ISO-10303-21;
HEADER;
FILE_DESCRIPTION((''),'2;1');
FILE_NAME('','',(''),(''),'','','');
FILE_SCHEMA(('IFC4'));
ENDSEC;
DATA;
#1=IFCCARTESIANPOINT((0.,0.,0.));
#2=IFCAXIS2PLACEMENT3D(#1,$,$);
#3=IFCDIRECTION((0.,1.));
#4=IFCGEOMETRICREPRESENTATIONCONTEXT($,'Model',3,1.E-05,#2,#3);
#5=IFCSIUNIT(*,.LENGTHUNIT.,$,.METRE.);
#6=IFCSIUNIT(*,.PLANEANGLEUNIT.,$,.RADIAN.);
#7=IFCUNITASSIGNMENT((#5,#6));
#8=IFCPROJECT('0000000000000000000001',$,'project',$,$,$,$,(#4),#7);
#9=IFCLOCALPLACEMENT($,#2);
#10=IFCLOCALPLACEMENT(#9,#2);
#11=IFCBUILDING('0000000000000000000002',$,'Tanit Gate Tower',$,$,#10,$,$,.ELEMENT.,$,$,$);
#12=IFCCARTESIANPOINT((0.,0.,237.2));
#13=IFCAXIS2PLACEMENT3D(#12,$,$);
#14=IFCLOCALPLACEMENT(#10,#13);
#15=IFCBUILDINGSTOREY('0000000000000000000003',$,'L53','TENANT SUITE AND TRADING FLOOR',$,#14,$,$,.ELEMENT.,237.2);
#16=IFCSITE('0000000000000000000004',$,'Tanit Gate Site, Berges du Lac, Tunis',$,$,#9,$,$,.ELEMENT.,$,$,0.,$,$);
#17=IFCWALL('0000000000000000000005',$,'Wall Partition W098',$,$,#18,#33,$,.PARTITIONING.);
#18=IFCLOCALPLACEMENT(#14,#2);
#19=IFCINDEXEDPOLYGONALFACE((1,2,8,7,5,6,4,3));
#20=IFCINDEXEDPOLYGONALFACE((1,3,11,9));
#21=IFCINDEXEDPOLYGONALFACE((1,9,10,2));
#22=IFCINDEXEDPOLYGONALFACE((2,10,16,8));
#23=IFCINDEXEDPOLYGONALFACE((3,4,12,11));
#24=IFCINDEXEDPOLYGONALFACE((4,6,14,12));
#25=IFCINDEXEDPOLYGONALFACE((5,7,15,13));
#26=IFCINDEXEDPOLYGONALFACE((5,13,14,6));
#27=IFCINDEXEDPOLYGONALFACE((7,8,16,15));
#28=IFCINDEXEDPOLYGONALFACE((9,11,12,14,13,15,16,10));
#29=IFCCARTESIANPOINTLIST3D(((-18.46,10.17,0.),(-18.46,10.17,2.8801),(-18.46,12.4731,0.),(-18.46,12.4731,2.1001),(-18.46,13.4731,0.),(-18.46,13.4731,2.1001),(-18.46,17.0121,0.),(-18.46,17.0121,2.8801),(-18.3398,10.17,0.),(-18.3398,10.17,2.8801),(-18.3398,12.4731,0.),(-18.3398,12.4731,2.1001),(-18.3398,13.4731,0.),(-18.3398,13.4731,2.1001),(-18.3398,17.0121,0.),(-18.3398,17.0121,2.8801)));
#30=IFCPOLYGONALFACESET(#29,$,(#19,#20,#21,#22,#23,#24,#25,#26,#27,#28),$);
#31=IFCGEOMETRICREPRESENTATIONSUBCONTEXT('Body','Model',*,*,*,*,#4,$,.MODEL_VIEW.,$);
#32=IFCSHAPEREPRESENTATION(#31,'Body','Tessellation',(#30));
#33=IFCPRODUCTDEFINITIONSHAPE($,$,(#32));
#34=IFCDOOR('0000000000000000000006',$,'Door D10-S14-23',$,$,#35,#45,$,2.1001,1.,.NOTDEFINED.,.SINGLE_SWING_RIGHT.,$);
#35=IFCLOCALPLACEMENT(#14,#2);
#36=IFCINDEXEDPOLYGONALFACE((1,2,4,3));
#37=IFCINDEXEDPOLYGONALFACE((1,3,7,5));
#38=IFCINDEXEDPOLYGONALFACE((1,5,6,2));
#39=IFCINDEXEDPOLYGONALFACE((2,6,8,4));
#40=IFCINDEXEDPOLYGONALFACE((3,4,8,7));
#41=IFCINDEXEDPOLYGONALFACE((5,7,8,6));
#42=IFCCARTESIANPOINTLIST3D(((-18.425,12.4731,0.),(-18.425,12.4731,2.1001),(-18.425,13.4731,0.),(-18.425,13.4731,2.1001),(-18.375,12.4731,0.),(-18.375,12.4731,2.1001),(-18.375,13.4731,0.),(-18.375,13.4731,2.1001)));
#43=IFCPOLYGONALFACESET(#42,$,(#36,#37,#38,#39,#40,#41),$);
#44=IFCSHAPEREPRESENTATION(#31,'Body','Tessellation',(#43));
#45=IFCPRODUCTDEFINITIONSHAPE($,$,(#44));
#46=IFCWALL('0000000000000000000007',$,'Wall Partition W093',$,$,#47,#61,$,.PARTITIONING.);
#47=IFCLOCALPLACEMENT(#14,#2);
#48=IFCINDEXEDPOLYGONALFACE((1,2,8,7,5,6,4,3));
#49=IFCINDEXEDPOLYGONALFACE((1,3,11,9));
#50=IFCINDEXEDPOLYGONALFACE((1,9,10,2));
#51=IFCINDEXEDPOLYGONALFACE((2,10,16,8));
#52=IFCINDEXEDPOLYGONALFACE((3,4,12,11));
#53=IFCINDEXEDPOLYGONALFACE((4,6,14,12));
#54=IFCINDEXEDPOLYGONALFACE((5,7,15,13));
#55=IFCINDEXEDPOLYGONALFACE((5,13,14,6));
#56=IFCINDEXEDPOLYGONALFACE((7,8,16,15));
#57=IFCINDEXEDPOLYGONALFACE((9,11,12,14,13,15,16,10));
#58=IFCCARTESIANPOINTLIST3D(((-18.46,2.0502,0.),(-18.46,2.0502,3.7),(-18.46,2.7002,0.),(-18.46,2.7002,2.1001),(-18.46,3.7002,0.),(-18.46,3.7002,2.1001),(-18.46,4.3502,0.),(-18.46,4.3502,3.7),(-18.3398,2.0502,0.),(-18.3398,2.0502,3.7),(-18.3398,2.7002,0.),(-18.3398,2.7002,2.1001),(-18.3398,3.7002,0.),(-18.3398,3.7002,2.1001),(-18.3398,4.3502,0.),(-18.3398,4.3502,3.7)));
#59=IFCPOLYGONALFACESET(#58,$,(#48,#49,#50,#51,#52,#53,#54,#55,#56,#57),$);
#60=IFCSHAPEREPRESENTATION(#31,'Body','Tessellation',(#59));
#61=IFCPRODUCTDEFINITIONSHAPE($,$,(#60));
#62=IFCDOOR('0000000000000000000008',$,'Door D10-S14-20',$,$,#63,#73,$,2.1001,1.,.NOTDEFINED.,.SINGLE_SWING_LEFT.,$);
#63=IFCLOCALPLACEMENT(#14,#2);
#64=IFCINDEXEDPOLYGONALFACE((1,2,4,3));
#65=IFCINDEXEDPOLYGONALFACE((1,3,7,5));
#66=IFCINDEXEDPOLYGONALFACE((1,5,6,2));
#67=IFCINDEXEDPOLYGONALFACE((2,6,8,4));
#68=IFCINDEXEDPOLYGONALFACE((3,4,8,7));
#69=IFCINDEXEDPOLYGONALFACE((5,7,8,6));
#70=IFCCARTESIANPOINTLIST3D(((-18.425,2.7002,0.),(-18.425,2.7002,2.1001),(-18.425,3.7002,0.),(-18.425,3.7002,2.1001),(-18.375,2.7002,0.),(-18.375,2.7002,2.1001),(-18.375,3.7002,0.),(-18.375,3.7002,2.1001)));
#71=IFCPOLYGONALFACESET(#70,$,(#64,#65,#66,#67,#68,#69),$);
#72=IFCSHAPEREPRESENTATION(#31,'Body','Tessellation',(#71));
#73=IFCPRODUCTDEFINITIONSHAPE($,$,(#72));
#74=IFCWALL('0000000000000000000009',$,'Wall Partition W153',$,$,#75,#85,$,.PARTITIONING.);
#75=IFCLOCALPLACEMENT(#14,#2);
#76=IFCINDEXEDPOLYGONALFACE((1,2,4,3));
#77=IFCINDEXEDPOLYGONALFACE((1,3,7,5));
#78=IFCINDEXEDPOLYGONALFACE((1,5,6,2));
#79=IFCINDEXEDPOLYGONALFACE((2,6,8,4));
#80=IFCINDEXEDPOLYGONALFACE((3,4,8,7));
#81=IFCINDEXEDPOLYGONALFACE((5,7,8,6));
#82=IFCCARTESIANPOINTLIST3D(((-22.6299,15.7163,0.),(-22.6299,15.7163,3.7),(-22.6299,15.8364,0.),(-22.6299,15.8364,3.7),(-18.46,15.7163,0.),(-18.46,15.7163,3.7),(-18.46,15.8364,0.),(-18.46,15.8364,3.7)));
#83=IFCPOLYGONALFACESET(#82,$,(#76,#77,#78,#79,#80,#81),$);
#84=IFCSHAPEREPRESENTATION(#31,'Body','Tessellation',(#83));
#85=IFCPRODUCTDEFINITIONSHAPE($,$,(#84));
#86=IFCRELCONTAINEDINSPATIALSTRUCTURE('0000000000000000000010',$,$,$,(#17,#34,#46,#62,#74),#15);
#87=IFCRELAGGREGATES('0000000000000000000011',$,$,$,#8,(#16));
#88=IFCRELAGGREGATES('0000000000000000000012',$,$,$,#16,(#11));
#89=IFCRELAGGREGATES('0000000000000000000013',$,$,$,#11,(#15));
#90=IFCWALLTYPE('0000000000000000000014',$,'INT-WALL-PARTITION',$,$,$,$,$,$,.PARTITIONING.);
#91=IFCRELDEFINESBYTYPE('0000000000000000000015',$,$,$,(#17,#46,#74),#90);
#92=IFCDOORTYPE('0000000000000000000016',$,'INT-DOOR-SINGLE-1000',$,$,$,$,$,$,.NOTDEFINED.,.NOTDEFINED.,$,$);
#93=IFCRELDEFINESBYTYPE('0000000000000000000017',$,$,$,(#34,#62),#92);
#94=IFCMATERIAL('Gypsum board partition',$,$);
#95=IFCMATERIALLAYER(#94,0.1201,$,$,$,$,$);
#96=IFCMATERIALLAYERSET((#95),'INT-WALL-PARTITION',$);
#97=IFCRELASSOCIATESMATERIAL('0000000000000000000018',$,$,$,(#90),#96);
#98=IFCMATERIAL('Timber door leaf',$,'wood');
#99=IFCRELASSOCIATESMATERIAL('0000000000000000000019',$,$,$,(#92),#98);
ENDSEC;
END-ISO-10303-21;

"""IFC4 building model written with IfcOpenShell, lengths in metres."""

from ifc_helpers import new_model, si_unit, direction, frame, frame_2d, origin, place, context, subcontext, project, spatial, rectangle, extrude, material, layer, layer_set, type_object, element, fill, save


model = new_model("IFC4")

# Units and contexts
model_context = context("Model", 3, precision=1e-05, world=origin(), true_north=direction((0.0, 1.0)))
body_context = subcontext(model_context, "Body", "Model", "MODEL_VIEW")
ifc_project = project(units=[si_unit("LENGTHUNIT", "METRE"), si_unit("PLANEANGLEUNIT", "RADIAN")], contexts=[model_context])

# Site, building, storey
site_placement = place(None, origin())
site = spatial("IfcSite", under=ifc_project, at=site_placement, Name="Tanit Gate Site, Berges du Lac, Tunis", CompositionType="ELEMENT", RefElevation=0.0)
building_placement = place(site_placement, origin())
building = spatial("IfcBuilding", under=site, at=building_placement, Name="Tanit Gate Tower", CompositionType="ELEMENT")
storey_placement = place(building_placement, frame((0.0, 0.0, 237.2)))
storey = spatial("IfcBuildingStorey", under=building, at=storey_placement, Name="L53", Description="TENANT SUITE AND TRADING FLOOR", CompositionType="ELEMENT", Elevation=237.2)

# Walls, openings, doors
ifc_material_1 = material(Name="Gypsum board partition")
ifc_layer_1 = layer(ifc_material_1, 0.1201)
ifc_layer_set_1 = layer_set([ifc_layer_1], Name="INT-WALL-PARTITION")
wall_type_1 = type_object("IfcWallType", Name="INT-WALL-PARTITION", PredefinedType="PARTITIONING", material=ifc_layer_set_1)
wall_1_placement = place(storey_placement, frame((-18.3999, 17.012, 0.0), z_axis=(0.0, 0.0, 1.0), x_axis=(0.0, -1.0, 0.0)))
wall_1 = element("IfcWall", 1, at=wall_1_placement, inside=storey, type_object=wall_type_1, Name="Wall Partition W098", PredefinedType="PARTITIONING", context=body_context, shape_type="SweptSolid", body=[
    extrude(rectangle(XDim=6.842, YDim=0.1201, at=frame_2d((3.4209, 0.0))), origin(), (0.0, 0.0, 1.0), 2.8801),
])
opening_1_placement = place(wall_1_placement, frame((3.5388, 0.0, 0.0)))
opening_1 = element("IfcOpeningElement", 2, at=opening_1_placement, cuts=wall_1, PredefinedType="OPENING", context=body_context, shape_type="SweptSolid", body=[
    extrude(rectangle(XDim=1.0, YDim=2.1001, at=frame_2d((0.5, 1.05))), frame((0.0, 0.0701, 0.0), z_axis=(0.0, -1.0, 0.0), x_axis=(1.0, 0.0, 0.0)), (0.0, 0.0, 1.0), 0.1401),
])
ifc_material_2 = material(Name="Timber door leaf", Category="wood")
door_type_1 = type_object("IfcDoorType", Name="INT-DOOR-SINGLE-1000", OperationType="NOTDEFINED", PredefinedType="NOTDEFINED", material=ifc_material_2)
door_1_placement = place(opening_1_placement, origin())
door_1 = element("IfcDoor", 3, at=door_1_placement, inside=storey, type_object=door_type_1, Name="Door D10-S14-23", OperationType="SINGLE_SWING_RIGHT", OverallHeight=2.1001, OverallWidth=1.0, PredefinedType="NOTDEFINED", context=body_context, shape_type="SweptSolid", body=[
    extrude(rectangle(XDim=1.0, YDim=2.1001, at=frame_2d((0.5, 1.05))), frame((0.0, 0.0249, 0.0), z_axis=(0.0, -1.0, 0.0), x_axis=(1.0, 0.0, 0.0)), (0.0, 0.0, 1.0), 0.05),
])
fill(opening_1, door_1)
wall_2_placement = place(storey_placement, frame((-18.3999, 4.3501, 0.0), z_axis=(0.0, 0.0, 1.0), x_axis=(0.0, -1.0, 0.0)))
wall_2 = element("IfcWall", 4, at=wall_2_placement, inside=storey, type_object=wall_type_1, Name="Wall Partition W093", PredefinedType="PARTITIONING", context=body_context, shape_type="SweptSolid", body=[
    extrude(rectangle(XDim=2.3, YDim=0.1201, at=frame_2d((1.1499, 0.0))), origin(), (0.0, 0.0, 1.0), 3.7),
])
opening_2_placement = place(wall_2_placement, frame((0.6499, 0.0, 0.0)))
opening_2 = element("IfcOpeningElement", 5, at=opening_2_placement, cuts=wall_2, PredefinedType="OPENING", context=body_context, shape_type="SweptSolid", body=[
    extrude(rectangle(XDim=1.0, YDim=2.1001, at=frame_2d((0.5, 1.05))), frame((0.0, 0.0701, 0.0), z_axis=(0.0, -1.0, 0.0), x_axis=(1.0, 0.0, 0.0)), (0.0, 0.0, 1.0), 0.1401),
])
door_2_placement = place(opening_2_placement, origin())
door_2 = element("IfcDoor", 6, at=door_2_placement, inside=storey, type_object=door_type_1, Name="Door D10-S14-20", OperationType="SINGLE_SWING_LEFT", OverallHeight=2.1001, OverallWidth=1.0, PredefinedType="NOTDEFINED", context=body_context, shape_type="SweptSolid", body=[
    extrude(rectangle(XDim=1.0, YDim=2.1001, at=frame_2d((0.5, 1.05))), frame((0.0, 0.0249, 0.0), z_axis=(0.0, -1.0, 0.0), x_axis=(1.0, 0.0, 0.0)), (0.0, 0.0, 1.0), 0.05),
])
fill(opening_2, door_2)

# Wall
wall_3_placement = place(storey_placement, frame((-18.46, 15.7764, 0.0), z_axis=(0.0, 0.0, 1.0), x_axis=(-1.0, 0.0, 0.0)))
element("IfcWall", 7, at=wall_3_placement, inside=storey, type_object=wall_type_1, Name="Wall Partition W153", PredefinedType="PARTITIONING", context=body_context, shape_type="SweptSolid", body=[
    extrude(rectangle(XDim=4.1699, YDim=0.1201, at=frame_2d((2.085, 0.0))), origin(), (0.0, 0.0, 1.0), 3.7),
])

save(model, "model.ifc")
